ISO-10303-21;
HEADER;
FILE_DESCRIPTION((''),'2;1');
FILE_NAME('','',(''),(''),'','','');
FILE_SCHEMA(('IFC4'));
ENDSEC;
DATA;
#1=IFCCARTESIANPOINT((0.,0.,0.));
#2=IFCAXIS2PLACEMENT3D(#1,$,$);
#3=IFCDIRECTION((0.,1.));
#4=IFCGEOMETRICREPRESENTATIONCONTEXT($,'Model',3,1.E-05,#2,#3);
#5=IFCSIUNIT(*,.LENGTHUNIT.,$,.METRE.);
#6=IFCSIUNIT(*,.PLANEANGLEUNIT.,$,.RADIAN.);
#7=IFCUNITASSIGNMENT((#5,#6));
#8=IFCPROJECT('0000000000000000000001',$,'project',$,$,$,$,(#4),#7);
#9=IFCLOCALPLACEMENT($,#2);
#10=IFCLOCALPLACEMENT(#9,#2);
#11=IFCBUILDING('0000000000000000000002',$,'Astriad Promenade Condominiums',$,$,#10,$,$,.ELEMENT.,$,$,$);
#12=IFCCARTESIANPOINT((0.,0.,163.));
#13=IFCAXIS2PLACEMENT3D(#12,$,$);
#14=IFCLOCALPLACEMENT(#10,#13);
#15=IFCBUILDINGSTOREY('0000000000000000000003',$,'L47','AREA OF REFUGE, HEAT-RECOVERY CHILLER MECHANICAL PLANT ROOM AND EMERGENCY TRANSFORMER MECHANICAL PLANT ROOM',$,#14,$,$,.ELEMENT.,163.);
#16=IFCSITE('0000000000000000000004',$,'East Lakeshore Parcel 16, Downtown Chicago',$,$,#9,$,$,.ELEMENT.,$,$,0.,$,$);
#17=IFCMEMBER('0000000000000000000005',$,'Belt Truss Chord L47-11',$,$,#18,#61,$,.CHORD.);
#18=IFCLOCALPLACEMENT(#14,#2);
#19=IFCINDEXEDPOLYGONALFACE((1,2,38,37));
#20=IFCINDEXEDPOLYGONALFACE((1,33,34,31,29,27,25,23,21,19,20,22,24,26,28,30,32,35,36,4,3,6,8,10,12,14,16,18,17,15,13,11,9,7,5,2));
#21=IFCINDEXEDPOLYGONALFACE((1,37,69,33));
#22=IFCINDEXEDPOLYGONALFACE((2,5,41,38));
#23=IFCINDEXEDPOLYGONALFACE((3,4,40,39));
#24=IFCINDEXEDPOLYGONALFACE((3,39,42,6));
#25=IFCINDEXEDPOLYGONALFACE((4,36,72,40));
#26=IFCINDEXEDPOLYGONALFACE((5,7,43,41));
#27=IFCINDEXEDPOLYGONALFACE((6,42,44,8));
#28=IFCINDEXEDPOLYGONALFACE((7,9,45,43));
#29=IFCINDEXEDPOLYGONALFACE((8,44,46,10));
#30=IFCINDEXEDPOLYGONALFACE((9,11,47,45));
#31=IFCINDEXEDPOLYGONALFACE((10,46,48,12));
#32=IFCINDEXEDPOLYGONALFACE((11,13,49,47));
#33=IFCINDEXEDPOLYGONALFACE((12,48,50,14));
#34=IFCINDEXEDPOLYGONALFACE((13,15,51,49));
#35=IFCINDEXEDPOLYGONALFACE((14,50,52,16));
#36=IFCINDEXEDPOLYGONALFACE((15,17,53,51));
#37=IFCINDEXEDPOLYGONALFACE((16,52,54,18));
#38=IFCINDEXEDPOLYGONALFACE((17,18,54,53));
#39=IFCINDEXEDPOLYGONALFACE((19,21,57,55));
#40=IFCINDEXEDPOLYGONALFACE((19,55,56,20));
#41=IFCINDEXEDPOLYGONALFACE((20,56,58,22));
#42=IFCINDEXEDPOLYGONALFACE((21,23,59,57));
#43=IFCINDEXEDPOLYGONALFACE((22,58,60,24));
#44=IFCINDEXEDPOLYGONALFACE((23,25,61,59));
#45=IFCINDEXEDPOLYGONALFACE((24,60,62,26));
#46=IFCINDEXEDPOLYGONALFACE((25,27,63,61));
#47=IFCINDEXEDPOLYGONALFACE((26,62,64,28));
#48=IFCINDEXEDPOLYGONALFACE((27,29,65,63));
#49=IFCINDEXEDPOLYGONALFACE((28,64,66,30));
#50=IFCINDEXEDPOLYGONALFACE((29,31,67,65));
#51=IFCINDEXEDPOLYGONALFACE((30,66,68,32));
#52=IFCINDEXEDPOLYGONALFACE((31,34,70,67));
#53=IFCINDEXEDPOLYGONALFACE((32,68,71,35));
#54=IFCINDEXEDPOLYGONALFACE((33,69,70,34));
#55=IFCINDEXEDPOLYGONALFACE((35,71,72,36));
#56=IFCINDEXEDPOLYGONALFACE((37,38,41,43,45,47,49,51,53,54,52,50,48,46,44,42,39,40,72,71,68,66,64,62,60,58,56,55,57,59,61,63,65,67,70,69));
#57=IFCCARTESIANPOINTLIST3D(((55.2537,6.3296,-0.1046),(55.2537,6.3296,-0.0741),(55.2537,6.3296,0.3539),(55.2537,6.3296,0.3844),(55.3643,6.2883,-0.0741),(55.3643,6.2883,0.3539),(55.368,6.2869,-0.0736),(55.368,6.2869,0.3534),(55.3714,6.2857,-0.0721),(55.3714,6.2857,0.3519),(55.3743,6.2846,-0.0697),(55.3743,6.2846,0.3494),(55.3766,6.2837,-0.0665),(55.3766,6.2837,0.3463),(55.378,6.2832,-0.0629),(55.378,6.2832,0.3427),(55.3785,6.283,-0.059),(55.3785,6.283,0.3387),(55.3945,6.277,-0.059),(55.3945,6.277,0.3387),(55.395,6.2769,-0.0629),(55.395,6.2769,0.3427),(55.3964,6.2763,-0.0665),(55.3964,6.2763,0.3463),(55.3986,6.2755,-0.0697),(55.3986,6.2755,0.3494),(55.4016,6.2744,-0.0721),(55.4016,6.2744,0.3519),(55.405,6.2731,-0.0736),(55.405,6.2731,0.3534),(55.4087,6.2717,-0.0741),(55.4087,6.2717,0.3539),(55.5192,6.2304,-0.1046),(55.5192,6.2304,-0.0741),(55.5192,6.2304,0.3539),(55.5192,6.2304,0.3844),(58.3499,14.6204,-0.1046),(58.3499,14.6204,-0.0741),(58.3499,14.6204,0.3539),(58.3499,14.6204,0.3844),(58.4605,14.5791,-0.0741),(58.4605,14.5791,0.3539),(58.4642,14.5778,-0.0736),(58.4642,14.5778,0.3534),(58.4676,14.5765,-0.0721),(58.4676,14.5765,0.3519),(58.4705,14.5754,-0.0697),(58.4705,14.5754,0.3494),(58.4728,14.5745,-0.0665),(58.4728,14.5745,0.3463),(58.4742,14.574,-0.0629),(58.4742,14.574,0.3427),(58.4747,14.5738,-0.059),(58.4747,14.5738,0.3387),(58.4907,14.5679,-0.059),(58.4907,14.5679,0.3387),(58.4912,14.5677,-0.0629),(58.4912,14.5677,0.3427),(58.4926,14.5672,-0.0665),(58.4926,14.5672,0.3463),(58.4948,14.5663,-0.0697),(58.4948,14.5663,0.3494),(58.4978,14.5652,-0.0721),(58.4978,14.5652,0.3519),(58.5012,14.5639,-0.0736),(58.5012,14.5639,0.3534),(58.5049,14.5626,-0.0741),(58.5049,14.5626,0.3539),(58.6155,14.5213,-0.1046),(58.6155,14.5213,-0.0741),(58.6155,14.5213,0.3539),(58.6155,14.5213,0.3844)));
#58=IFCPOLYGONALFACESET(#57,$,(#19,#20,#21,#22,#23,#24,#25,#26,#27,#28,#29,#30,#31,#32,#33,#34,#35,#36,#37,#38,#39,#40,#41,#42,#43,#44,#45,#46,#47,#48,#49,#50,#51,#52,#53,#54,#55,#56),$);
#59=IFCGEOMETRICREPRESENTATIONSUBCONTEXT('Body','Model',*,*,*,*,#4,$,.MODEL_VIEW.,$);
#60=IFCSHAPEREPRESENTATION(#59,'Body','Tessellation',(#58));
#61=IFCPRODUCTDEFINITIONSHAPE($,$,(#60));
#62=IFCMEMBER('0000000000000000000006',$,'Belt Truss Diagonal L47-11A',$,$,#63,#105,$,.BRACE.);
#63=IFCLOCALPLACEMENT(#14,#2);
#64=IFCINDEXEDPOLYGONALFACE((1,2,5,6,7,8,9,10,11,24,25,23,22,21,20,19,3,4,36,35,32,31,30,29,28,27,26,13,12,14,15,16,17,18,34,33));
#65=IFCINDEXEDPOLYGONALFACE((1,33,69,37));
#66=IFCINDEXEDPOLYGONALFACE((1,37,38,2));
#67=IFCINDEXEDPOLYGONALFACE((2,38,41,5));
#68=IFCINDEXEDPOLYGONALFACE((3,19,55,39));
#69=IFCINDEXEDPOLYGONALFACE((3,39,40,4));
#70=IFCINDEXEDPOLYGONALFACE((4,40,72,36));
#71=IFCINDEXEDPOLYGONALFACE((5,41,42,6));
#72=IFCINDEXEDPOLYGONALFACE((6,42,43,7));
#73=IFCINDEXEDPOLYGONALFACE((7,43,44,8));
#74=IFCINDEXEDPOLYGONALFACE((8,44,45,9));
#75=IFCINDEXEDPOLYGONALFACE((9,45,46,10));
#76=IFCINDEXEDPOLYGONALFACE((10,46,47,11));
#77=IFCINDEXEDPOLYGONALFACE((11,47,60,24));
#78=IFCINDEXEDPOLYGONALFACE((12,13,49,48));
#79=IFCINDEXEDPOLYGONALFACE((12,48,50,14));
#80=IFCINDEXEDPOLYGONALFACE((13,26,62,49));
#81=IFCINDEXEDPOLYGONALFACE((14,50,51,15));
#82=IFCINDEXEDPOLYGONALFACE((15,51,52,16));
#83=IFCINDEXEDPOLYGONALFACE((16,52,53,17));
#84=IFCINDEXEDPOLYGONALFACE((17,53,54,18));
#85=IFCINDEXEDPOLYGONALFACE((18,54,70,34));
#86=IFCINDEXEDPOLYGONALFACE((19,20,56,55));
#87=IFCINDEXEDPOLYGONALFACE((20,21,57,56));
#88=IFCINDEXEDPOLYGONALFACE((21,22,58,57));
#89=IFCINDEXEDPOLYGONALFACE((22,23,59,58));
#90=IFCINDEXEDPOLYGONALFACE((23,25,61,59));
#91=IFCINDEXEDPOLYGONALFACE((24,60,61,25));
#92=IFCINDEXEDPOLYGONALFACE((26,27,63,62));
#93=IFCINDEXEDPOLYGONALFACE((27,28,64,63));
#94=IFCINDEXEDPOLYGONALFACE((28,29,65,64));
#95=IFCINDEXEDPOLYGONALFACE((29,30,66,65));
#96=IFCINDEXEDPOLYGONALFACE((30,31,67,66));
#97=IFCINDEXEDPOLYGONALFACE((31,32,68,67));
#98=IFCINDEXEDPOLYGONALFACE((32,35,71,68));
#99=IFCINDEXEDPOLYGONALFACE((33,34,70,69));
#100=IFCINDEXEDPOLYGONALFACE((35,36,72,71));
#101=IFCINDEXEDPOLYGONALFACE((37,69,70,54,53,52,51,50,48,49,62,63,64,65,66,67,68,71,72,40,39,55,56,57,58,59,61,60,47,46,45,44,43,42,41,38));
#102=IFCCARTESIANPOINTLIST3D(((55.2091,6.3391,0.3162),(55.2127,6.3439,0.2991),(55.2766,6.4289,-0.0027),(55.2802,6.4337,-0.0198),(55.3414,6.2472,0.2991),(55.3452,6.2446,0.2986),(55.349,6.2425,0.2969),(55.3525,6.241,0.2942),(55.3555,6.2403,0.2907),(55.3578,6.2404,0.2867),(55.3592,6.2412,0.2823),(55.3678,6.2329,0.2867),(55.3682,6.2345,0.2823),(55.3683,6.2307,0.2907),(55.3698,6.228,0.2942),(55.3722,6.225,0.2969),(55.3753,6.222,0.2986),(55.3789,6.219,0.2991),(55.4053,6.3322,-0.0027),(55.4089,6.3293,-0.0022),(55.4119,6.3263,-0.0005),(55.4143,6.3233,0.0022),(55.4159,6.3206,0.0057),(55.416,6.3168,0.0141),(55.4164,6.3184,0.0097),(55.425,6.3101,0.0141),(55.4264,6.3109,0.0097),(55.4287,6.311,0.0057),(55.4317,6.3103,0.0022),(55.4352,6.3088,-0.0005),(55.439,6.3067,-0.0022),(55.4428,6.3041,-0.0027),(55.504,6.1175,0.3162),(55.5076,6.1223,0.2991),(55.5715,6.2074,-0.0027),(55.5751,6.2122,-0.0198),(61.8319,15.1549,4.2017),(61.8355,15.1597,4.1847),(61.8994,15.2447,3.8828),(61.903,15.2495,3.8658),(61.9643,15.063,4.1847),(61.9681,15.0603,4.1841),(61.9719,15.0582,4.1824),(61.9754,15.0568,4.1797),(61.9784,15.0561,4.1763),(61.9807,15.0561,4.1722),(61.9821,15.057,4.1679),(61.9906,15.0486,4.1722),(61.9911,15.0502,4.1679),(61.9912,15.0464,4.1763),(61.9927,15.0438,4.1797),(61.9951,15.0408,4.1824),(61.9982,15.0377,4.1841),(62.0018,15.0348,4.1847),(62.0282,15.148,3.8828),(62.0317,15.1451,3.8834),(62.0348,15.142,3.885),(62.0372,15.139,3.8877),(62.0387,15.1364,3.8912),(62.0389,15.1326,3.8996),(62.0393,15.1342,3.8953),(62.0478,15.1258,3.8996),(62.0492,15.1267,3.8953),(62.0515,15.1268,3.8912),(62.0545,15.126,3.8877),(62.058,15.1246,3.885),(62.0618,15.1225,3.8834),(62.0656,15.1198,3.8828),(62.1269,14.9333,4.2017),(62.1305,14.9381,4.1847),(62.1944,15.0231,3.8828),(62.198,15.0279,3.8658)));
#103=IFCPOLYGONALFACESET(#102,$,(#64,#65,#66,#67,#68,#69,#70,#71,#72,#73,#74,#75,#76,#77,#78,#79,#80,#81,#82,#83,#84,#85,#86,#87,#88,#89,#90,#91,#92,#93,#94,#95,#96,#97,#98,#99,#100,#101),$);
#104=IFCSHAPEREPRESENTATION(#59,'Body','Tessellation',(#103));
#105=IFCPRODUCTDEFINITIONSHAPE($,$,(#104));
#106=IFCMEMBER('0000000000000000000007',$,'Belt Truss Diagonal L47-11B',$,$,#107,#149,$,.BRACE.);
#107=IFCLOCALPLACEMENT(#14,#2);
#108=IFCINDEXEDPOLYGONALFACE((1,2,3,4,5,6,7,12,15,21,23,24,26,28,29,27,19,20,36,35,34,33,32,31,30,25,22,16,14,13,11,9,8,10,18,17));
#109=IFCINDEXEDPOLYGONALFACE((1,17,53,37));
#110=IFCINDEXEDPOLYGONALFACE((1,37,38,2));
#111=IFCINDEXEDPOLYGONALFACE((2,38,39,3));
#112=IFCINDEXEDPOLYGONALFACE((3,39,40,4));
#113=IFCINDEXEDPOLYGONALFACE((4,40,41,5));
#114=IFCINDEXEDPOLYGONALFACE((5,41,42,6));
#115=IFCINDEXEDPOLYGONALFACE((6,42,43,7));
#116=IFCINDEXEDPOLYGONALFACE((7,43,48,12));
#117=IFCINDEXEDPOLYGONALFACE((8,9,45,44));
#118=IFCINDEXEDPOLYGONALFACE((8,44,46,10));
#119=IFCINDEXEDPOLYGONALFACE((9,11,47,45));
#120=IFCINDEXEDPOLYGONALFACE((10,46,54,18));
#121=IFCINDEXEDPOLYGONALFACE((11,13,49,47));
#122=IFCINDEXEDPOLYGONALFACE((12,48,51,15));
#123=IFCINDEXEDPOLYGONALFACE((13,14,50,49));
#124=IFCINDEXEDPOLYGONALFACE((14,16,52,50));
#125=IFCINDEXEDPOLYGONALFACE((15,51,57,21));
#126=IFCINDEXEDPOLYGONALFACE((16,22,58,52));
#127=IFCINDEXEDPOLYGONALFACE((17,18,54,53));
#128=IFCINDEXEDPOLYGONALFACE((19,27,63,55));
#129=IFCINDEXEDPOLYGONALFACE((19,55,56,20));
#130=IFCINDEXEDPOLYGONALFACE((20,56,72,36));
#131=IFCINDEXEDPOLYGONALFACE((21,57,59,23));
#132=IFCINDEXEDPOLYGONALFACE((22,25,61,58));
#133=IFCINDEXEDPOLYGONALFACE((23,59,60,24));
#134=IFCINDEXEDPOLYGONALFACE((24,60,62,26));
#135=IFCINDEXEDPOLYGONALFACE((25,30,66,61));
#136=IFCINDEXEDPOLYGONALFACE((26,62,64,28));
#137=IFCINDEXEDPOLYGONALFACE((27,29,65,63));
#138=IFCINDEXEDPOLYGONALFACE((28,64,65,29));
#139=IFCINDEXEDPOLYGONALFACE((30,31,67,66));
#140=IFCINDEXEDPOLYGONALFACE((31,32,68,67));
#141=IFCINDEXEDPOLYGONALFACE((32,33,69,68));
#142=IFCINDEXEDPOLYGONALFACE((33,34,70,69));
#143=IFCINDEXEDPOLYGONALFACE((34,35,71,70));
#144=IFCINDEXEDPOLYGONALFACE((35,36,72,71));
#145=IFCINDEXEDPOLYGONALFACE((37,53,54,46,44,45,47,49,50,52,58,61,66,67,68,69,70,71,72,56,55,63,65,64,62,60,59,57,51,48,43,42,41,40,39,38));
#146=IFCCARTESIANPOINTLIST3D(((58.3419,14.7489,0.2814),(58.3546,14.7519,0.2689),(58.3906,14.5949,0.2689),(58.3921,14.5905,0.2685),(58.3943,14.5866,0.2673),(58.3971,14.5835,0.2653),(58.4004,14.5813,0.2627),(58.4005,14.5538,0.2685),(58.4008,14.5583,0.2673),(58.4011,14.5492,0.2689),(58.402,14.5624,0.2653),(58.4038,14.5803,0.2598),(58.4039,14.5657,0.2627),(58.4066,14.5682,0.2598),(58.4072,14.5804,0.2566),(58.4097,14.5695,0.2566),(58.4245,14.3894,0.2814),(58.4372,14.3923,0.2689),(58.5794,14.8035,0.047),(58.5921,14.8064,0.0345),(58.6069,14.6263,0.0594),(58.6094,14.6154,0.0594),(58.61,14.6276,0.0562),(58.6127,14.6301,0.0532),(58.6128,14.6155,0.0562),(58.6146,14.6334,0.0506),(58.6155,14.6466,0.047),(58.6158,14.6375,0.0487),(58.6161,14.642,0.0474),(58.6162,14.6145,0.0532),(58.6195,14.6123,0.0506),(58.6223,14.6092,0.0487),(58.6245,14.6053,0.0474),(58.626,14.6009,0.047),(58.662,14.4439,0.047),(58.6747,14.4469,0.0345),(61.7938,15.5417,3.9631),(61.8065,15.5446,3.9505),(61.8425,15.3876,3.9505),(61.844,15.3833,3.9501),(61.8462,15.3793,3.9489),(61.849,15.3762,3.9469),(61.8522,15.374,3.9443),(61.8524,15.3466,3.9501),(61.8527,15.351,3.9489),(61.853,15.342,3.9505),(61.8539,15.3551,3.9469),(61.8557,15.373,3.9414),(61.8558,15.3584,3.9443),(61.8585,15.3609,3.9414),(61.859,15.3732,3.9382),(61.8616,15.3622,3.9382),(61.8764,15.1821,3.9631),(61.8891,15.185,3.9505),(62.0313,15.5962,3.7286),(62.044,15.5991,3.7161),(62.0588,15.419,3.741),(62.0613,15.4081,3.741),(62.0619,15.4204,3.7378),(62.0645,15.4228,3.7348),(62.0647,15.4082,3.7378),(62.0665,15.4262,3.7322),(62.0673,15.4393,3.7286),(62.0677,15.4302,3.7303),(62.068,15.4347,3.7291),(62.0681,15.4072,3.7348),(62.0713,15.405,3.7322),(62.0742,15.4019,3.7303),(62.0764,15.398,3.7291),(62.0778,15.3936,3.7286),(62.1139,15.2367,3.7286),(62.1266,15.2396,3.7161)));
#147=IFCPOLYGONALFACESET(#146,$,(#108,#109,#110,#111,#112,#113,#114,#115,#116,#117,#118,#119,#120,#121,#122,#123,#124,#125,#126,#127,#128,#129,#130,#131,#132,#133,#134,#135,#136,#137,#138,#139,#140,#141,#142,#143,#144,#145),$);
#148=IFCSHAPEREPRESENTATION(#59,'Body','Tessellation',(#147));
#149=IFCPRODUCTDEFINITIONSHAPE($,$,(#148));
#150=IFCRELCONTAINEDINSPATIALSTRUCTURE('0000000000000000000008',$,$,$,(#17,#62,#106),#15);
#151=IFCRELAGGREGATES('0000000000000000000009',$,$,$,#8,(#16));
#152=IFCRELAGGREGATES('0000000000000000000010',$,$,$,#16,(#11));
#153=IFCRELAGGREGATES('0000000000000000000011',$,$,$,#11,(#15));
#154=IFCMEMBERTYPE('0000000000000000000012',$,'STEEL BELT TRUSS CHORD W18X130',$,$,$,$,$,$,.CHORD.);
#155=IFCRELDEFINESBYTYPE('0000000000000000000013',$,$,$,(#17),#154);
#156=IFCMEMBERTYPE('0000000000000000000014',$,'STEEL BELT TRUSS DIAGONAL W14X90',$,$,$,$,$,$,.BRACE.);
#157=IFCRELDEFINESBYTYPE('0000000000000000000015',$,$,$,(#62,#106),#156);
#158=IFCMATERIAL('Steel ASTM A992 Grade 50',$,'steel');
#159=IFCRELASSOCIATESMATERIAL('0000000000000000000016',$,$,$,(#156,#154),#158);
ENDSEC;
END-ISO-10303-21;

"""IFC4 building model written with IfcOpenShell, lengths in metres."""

from ifc_helpers import new_model, si_unit, direction, frame, origin, origin_2d, place, context, subcontext, project, spatial, i_section, extrude, source, transform, mapped, material, material_profile, profile_set, type_object, element, save


model = new_model("IFC4")

# Units and contexts
model_context = context("Model", 3, precision=1e-05, world=origin(), true_north=direction((0.0, 1.0)))
body_context = subcontext(model_context, "Body", "Model", "MODEL_VIEW")
ifc_project = project(units=[si_unit("LENGTHUNIT", "METRE"), si_unit("PLANEANGLEUNIT", "RADIAN")], contexts=[model_context])

# Site, building, storey
site_placement = place(None, origin())
site = spatial("IfcSite", under=ifc_project, at=site_placement, Name="East Lakeshore Parcel 16, Downtown Chicago", CompositionType="ELEMENT", RefElevation=0.0)
building_placement = place(site_placement, origin())
building = spatial("IfcBuilding", under=site, at=building_placement, Name="Astriad Promenade Condominiums", CompositionType="ELEMENT")
storey_placement = place(building_placement, frame((0.0, 0.0, 163.0)))
storey = spatial("IfcBuildingStorey", under=building, at=storey_placement, Name="L47", Description="AREA OF REFUGE, HEAT-RECOVERY CHILLER MECHANICAL PLANT ROOM AND EMERGENCY TRANSFORMER MECHANICAL PLANT ROOM", CompositionType="ELEMENT", Elevation=163.0)

# Shared definitions
ifc_material_1 = material(Name="Steel ASTM A992 Grade 50", Category="steel")

# Members
ifc_material_profile_1 = material_profile(ifc_material_1, i_section(OverallWidth=0.3689, OverallDepth=0.3562, WebThickness=0.0112, FlangeThickness=0.0181, FilletRadius=0.0178, at=origin_2d()), Name="W14X90")
ifc_profile_set_1 = profile_set([ifc_material_profile_1], Name="Steel ASTM A992 Grade 50")
member_type_1 = type_object("IfcMemberType", Name="STEEL BELT TRUSS DIAGONAL W14X90", PredefinedType="BRACE", material=ifc_profile_set_1)
ifc_material_profile_2 = material_profile(ifc_material_1, i_section(OverallWidth=0.2834, OverallDepth=0.489, WebThickness=0.0171, FlangeThickness=0.0305, FilletRadius=0.0151, at=origin_2d()), Name="W18X130")
ifc_profile_set_2 = profile_set([ifc_material_profile_2], Name="Steel ASTM A992 Grade 50")
member_type_2 = type_object("IfcMemberType", Name="STEEL BELT TRUSS CHORD W18X130", PredefinedType="CHORD", material=ifc_profile_set_2)
shared_shape_1 = source(origin(), body_context, "Body", "SweptSolid", [
    extrude(i_section(OverallWidth=0.2834, OverallDepth=0.489, WebThickness=0.0171, FlangeThickness=0.0305, FilletRadius=0.0151, at=origin_2d()), origin(), (0.0, 0.0, 1.0), 8.8501),
])
member_1_placement = place(storey_placement, frame((55.3865, 6.28, 0.1399), z_axis=(0.34985, 0.936806, 0.0), x_axis=(-0.936806, 0.34985, 0.0)))
element("IfcMember", 1, at=member_1_placement, inside=storey, type_object=member_type_2, Name="Belt Truss Chord L47-11", PredefinedType="CHORD", context=body_context, shape_type="MappedRepresentation", body=[
    mapped(shared_shape_1, transform((0.0, 0.0, 0.0), scale=1.0)),
])
shared_shape_2 = source(origin(), body_context, "Body", "SweptSolid", [
    extrude(i_section(OverallWidth=0.3689, OverallDepth=0.3562, WebThickness=0.0112, FlangeThickness=0.0181, FilletRadius=0.0178, at=origin_2d()), origin(), (0.0, 0.0, 1.0), 11.6909),
])
member_2_placement = place(storey_placement, frame((55.3921, 6.2756, 0.1482), z_axis=(0.566497, 0.75407, 0.332355), x_axis=(-0.799519, 0.600641, 0.0)))
element("IfcMember", 2, at=member_2_placement, inside=storey, type_object=member_type_1, Name="Belt Truss Diagonal L47-11A", PredefinedType="BRACE", context=body_context, shape_type="MappedRepresentation", body=[
    mapped(shared_shape_2, transform((0.0, 0.0, 0.0), scale=1.0)),
])
shared_shape_3 = source(origin(), body_context, "Body", "SweptSolid", [
    extrude(i_section(OverallWidth=0.3689, OverallDepth=0.3562, WebThickness=0.0112, FlangeThickness=0.0181, FilletRadius=0.0178, at=origin_2d()), origin(), (0.0, 0.0, 1.0), 5.1086),
])
member_3_placement = place(storey_placement, frame((58.5083, 14.5979, 0.158), z_axis=(0.675695, 0.155172, 0.720665), x_axis=(-0.223822, 0.97463, 0.0)))
element("IfcMember", 3, at=member_3_placement, inside=storey, type_object=member_type_1, Name="Belt Truss Diagonal L47-11B", PredefinedType="BRACE", context=body_context, shape_type="MappedRepresentation", body=[
    mapped(shared_shape_3, transform((0.0, 0.0, 0.0), scale=1.0)),
])

save(model, "model.ifc")
